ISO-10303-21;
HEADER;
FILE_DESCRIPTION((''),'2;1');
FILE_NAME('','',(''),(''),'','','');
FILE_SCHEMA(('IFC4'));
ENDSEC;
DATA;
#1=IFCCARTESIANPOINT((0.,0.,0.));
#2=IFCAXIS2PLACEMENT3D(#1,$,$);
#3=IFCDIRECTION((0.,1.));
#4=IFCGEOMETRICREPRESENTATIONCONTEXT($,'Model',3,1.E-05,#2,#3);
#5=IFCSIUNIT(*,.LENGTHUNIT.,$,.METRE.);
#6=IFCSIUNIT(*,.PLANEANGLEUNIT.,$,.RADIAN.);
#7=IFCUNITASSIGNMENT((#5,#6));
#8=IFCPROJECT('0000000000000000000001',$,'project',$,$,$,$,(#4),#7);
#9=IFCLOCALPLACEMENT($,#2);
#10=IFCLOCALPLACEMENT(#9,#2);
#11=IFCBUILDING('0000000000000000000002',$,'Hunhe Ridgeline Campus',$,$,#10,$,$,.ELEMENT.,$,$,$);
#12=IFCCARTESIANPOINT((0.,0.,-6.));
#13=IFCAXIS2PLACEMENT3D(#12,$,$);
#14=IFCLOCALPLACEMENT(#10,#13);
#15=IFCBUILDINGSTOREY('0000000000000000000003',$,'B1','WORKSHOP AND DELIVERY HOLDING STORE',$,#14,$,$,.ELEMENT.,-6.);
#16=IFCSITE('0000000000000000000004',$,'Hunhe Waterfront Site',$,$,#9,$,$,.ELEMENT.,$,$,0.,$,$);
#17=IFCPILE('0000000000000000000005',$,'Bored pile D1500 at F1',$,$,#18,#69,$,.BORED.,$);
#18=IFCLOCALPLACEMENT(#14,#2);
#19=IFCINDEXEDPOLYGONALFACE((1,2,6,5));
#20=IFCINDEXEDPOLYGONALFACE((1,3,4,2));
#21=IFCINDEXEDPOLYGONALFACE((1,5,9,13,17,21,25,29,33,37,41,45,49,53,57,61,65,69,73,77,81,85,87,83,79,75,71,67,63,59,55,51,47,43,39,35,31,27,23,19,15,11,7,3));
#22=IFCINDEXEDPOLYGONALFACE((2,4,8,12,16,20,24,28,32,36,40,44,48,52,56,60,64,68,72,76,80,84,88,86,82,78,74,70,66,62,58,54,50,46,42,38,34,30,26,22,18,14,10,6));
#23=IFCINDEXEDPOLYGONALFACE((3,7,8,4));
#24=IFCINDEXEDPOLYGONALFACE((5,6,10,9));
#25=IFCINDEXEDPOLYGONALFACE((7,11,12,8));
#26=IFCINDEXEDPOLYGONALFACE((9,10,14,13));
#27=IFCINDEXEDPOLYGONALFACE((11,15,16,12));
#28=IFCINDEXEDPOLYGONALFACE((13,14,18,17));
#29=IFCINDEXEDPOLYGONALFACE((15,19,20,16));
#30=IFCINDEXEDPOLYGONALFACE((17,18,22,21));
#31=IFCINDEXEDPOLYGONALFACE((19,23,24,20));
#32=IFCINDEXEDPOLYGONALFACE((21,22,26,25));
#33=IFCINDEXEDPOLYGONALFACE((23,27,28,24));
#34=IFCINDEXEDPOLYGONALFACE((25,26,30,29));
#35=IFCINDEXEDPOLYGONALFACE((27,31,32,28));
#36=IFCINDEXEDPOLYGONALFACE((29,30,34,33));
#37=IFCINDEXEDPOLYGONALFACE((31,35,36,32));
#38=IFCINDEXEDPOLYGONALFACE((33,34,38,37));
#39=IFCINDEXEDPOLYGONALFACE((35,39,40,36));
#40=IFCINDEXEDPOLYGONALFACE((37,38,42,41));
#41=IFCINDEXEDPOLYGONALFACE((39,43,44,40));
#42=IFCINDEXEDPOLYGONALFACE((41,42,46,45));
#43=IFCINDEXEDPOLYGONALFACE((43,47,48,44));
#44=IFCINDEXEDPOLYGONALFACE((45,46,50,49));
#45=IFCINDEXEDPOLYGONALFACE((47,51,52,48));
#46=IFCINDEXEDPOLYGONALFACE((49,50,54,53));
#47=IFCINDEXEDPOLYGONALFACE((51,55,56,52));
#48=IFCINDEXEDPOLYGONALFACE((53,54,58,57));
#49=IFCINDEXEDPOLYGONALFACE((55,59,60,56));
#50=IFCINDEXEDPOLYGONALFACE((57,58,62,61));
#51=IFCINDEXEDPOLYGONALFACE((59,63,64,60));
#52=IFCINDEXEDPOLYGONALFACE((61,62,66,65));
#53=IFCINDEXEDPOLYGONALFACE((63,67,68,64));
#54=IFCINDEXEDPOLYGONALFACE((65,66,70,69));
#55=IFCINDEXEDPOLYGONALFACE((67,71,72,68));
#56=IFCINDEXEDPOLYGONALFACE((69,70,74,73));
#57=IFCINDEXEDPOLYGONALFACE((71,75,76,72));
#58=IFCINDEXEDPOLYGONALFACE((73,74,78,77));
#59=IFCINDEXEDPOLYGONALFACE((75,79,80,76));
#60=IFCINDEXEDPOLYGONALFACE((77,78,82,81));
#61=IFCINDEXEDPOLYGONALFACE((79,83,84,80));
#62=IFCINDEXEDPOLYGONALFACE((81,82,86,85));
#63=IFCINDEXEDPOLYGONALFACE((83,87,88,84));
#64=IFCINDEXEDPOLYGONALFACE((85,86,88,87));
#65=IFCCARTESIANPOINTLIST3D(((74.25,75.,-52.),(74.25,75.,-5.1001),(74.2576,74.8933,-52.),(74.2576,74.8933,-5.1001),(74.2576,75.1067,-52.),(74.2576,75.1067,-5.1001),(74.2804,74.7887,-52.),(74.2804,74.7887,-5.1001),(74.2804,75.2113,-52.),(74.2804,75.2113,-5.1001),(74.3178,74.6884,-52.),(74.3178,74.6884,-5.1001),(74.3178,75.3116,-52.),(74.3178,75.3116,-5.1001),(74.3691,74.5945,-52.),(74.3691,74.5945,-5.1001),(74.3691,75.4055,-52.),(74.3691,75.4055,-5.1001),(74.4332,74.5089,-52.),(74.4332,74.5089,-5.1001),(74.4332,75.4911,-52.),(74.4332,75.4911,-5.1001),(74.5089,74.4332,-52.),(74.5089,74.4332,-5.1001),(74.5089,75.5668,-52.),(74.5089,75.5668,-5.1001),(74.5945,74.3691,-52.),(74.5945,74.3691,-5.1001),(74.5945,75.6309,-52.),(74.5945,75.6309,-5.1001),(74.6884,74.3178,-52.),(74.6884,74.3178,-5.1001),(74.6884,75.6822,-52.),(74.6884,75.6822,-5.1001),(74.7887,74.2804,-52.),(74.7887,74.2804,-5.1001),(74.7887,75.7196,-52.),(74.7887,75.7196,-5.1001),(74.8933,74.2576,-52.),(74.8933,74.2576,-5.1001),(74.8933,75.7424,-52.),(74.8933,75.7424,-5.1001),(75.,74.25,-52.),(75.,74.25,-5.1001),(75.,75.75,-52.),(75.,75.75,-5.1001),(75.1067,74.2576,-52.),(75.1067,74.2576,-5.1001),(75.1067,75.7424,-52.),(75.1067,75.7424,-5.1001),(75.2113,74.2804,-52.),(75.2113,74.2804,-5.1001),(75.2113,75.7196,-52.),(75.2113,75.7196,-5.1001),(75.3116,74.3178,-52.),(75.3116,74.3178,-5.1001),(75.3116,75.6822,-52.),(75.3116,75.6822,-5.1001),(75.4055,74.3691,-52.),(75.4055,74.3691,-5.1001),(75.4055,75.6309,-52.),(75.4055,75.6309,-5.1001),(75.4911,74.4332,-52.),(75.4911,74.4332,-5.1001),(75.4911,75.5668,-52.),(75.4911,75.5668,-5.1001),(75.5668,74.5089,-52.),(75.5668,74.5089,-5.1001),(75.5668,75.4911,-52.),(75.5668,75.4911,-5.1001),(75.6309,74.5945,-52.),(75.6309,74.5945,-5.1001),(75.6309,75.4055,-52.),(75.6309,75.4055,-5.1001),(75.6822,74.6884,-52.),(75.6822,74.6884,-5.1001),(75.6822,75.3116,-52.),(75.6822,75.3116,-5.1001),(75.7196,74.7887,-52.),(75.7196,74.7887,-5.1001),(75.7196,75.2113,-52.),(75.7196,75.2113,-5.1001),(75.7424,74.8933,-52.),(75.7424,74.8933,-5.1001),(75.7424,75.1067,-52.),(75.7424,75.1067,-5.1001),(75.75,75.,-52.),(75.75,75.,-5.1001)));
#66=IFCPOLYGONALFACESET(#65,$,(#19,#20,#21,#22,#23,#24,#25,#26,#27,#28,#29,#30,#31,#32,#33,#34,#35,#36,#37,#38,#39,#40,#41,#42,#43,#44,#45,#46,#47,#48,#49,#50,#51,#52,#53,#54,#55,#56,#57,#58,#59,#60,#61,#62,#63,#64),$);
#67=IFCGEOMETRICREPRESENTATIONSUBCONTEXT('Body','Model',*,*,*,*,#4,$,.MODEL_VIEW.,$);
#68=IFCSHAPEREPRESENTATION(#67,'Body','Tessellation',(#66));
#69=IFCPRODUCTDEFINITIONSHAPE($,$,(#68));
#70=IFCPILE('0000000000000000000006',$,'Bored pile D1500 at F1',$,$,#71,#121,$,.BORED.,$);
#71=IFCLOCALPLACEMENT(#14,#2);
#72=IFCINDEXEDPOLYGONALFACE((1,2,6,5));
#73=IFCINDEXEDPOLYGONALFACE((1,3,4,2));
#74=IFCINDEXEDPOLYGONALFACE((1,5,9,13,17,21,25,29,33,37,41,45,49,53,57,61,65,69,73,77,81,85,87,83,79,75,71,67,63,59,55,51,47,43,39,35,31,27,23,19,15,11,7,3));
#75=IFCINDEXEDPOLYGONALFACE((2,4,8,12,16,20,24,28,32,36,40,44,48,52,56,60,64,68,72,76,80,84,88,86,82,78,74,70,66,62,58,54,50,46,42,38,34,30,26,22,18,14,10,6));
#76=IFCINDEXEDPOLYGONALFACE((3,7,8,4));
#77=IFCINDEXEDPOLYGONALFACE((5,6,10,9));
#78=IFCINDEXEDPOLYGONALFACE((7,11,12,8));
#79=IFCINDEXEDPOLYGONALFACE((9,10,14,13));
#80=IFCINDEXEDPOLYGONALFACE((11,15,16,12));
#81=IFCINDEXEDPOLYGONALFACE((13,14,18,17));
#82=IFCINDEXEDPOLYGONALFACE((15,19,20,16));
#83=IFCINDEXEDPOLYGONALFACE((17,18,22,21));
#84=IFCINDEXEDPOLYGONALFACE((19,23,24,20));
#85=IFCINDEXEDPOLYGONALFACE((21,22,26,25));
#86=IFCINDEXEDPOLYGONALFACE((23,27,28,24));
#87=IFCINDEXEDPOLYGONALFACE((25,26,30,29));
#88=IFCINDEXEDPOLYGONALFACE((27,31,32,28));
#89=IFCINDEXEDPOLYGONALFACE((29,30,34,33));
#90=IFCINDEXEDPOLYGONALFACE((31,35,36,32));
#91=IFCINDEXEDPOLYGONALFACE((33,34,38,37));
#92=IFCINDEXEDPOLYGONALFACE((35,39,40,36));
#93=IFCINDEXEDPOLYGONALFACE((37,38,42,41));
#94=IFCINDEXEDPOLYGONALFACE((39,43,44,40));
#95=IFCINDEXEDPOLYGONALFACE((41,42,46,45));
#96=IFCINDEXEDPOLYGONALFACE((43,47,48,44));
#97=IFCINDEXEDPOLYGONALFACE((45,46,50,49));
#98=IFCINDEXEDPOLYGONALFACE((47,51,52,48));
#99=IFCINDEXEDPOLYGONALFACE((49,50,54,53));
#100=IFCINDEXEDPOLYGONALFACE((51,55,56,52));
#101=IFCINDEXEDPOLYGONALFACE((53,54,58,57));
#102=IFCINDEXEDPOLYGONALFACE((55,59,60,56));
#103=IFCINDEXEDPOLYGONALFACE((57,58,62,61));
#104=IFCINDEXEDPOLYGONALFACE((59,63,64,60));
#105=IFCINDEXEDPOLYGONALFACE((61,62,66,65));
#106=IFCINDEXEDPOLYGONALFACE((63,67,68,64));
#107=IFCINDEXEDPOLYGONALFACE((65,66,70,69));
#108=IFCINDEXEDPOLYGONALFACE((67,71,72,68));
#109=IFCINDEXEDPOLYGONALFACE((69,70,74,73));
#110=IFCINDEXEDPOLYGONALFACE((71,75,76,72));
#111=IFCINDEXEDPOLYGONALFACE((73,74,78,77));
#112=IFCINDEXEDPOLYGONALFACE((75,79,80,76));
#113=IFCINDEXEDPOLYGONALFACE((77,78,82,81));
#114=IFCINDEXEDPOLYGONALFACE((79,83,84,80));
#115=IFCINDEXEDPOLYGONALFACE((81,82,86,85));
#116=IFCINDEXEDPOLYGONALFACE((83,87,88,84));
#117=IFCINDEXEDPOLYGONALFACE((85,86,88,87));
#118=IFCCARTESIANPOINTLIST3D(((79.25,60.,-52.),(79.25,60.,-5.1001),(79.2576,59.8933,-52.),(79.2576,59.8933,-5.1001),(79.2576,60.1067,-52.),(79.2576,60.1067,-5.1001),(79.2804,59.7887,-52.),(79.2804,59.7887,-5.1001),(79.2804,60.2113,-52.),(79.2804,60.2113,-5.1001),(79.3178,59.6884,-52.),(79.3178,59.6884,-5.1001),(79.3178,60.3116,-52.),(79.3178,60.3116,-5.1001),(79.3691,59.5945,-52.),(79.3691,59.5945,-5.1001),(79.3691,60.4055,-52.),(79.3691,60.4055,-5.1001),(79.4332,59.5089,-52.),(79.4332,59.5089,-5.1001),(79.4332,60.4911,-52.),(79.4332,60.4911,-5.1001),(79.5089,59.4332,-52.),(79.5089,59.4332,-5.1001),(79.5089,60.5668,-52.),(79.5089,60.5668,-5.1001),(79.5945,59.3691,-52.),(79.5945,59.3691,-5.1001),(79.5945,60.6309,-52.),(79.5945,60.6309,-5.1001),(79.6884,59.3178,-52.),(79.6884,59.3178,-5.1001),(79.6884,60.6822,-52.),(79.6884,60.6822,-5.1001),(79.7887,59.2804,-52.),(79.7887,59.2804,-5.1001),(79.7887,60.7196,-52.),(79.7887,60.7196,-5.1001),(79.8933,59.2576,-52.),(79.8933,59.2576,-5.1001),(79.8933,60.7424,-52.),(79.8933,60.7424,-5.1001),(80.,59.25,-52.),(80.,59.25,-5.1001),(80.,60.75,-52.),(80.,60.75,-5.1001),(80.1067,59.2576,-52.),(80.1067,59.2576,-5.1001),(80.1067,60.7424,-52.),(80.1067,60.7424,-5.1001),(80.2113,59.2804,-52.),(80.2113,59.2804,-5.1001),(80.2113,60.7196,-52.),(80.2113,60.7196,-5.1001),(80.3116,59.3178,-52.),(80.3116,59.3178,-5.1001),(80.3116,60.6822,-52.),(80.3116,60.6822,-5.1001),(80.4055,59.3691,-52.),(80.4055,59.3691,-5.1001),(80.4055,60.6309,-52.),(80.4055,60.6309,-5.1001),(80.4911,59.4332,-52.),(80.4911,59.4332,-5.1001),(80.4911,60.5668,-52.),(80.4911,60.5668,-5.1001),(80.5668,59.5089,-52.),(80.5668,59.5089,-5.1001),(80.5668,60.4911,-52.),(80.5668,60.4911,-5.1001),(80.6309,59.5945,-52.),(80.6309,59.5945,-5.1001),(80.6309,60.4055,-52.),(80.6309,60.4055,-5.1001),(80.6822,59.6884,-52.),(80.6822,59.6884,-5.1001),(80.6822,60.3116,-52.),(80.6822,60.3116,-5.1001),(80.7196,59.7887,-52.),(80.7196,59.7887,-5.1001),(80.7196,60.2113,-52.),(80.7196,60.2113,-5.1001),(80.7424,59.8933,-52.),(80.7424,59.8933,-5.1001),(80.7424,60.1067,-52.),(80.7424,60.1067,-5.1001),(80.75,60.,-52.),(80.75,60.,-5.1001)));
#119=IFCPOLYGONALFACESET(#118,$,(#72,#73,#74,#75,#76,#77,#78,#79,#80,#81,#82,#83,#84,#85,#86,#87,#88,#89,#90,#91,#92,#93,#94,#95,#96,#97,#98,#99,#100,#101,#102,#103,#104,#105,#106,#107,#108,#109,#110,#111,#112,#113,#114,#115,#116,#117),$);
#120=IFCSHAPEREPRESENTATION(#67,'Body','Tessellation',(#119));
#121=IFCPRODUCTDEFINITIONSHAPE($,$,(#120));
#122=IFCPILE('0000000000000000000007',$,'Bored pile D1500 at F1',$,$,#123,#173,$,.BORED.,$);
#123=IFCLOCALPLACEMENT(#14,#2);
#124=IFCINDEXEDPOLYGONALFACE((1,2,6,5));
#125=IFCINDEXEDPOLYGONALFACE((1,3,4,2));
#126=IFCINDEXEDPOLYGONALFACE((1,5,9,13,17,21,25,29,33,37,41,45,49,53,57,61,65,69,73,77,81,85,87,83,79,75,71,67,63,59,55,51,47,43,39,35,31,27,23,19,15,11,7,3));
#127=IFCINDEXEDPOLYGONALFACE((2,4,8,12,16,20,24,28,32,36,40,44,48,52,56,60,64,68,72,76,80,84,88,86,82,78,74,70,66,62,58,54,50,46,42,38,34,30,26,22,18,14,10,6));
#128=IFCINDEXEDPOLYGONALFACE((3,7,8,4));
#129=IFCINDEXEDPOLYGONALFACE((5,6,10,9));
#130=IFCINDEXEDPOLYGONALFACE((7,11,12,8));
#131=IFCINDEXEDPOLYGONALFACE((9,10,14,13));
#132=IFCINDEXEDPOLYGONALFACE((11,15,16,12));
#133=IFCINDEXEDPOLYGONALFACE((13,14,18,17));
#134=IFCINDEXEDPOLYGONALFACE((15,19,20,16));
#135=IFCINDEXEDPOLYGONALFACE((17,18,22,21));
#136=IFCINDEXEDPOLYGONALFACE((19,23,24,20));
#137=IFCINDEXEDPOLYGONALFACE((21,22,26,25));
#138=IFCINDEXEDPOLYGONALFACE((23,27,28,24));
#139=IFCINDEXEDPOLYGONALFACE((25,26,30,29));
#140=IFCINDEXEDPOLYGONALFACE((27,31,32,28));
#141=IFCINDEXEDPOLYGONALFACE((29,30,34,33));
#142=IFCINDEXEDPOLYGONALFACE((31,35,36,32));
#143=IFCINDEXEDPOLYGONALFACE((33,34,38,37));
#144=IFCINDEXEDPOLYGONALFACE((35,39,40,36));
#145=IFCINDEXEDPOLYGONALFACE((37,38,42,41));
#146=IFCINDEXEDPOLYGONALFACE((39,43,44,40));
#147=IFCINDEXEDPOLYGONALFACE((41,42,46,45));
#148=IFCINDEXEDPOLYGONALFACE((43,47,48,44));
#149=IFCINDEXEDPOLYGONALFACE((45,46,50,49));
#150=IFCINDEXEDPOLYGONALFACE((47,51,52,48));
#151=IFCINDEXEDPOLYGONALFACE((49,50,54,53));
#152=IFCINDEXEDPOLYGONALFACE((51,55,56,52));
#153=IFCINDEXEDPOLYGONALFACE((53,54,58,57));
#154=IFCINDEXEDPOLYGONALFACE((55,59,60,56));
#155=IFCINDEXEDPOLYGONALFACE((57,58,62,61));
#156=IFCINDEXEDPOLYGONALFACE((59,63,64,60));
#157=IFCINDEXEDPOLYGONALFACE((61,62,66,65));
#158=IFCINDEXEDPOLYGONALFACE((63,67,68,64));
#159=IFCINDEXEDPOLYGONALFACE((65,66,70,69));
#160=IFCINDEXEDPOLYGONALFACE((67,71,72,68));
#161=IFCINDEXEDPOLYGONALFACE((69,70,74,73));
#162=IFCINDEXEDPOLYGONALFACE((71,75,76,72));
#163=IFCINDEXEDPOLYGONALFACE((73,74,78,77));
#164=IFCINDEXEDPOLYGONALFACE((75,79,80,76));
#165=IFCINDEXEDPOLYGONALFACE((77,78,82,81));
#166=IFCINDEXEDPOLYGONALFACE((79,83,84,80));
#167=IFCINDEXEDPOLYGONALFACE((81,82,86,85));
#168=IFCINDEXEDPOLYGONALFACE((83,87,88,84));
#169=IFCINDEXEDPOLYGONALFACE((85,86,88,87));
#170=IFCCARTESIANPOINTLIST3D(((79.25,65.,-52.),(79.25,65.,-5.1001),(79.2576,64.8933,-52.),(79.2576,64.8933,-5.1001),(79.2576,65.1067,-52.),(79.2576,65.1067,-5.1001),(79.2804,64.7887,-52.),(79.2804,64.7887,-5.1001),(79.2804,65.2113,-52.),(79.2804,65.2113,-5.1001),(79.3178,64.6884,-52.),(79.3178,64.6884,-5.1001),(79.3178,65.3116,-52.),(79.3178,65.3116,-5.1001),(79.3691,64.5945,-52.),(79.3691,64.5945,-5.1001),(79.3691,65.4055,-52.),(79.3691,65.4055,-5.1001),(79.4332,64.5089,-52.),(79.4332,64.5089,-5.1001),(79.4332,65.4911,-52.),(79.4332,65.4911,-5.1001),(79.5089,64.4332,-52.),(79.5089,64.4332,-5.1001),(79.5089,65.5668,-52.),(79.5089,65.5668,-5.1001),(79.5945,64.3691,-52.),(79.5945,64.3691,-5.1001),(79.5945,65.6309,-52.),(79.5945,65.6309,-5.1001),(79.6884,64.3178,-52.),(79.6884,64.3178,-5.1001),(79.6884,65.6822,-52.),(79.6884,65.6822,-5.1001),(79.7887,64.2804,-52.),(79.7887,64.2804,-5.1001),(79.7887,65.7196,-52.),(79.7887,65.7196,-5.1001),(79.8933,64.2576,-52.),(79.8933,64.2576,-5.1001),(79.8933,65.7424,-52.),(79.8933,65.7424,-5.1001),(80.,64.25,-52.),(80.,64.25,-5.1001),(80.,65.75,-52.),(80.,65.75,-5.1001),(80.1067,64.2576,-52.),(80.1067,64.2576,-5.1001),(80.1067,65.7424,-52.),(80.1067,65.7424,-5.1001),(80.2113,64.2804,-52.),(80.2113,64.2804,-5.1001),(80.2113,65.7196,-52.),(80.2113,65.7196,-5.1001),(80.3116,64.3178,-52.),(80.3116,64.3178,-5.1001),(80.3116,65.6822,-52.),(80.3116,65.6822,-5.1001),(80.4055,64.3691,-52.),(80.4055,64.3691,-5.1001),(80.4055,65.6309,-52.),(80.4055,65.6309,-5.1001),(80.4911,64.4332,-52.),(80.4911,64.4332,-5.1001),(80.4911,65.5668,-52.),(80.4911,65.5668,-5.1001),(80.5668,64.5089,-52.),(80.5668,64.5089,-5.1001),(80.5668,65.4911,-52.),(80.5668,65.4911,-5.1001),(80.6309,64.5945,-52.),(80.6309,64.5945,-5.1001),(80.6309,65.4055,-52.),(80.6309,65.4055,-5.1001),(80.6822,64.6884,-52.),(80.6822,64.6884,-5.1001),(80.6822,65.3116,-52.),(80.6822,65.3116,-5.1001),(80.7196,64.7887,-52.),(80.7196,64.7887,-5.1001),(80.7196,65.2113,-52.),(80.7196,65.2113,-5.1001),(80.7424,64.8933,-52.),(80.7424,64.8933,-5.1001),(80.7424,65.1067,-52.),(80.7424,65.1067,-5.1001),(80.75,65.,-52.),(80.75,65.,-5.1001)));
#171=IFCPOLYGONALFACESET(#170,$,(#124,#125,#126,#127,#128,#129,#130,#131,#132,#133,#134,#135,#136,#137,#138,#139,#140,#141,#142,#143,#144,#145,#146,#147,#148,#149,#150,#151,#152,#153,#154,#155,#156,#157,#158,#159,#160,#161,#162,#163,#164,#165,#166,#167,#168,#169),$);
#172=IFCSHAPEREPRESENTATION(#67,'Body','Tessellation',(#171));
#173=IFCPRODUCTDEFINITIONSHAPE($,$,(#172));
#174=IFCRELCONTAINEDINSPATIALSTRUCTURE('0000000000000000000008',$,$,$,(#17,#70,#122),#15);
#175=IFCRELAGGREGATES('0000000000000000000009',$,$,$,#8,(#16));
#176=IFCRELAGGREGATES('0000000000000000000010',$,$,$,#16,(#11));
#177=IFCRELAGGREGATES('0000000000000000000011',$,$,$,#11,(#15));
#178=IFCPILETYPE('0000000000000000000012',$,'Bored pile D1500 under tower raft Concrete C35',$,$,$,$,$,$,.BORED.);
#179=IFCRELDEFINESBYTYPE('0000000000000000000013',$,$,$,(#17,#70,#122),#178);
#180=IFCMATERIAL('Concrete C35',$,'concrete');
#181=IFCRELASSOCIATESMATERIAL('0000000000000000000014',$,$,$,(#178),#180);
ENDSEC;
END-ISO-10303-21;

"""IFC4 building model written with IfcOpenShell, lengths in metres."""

from ifc_helpers import new_model, si_unit, direction, frame, origin, origin_2d, place, context, subcontext, project, spatial, circle, extrude, material, material_profile, profile_set, type_object, element, save


model = new_model("IFC4")

# Units and contexts
model_context = context("Model", 3, precision=1e-05, world=origin(), true_north=direction((0.0, 1.0)))
body_context = subcontext(model_context, "Body", "Model", "MODEL_VIEW")
ifc_project = project(units=[si_unit("LENGTHUNIT", "METRE"), si_unit("PLANEANGLEUNIT", "RADIAN")], contexts=[model_context])

# Site, building, storey
site_placement = place(None, origin())
site = spatial("IfcSite", under=ifc_project, at=site_placement, Name="Hunhe Waterfront Site", CompositionType="ELEMENT", RefElevation=0.0)
building_placement = place(site_placement, origin())
building = spatial("IfcBuilding", under=site, at=building_placement, Name="Hunhe Ridgeline Campus", CompositionType="ELEMENT")
storey_placement = place(building_placement, frame((0.0, 0.0, -6.0)))
storey = spatial("IfcBuildingStorey", under=building, at=storey_placement, Name="B1", Description="WORKSHOP AND DELIVERY HOLDING STORE", CompositionType="ELEMENT", Elevation=-6.0)

# Piles
ifc_material_1 = material(Name="Concrete C35", Category="concrete")
ifc_material_profile_1 = material_profile(ifc_material_1, circle(Radius=0.75, at=origin_2d()))
ifc_profile_set_1 = profile_set([ifc_material_profile_1], Name="Concrete C35")
pile_type = type_object("IfcPileType", Name="Bored pile D1500 under tower raft Concrete C35", PredefinedType="BORED", material=ifc_profile_set_1)
for number, where, z_axis, x_axis, name in (
    (1, (75.0, 75.0, -5.1001), (0.0, 0.0, -1.0), (1.0, 0.0, 0.0), "Bored pile D1500 at F1"),
    (2, (80.0, 60.0, -5.1001), (0.0, 0.0, -1.0), (1.0, 0.0, 0.0), "Bored pile D1500 at F1"),
    (3, (80.0, 65.0, -5.1001), (0.0, 0.0, -1.0), (1.0, 0.0, 0.0), "Bored pile D1500 at F1"),
):
    element("IfcPile", number, at=place(storey_placement, frame(where, z_axis=z_axis, x_axis=x_axis)), inside=storey, type_object=pile_type, Name=name, PredefinedType="BORED", context=body_context, shape_type="SweptSolid", body=[
        extrude(circle(Radius=0.75, at=origin_2d()), origin(), (0.0, 0.0, 1.0), 46.8999),
    ])

save(model, "model.ifc")
